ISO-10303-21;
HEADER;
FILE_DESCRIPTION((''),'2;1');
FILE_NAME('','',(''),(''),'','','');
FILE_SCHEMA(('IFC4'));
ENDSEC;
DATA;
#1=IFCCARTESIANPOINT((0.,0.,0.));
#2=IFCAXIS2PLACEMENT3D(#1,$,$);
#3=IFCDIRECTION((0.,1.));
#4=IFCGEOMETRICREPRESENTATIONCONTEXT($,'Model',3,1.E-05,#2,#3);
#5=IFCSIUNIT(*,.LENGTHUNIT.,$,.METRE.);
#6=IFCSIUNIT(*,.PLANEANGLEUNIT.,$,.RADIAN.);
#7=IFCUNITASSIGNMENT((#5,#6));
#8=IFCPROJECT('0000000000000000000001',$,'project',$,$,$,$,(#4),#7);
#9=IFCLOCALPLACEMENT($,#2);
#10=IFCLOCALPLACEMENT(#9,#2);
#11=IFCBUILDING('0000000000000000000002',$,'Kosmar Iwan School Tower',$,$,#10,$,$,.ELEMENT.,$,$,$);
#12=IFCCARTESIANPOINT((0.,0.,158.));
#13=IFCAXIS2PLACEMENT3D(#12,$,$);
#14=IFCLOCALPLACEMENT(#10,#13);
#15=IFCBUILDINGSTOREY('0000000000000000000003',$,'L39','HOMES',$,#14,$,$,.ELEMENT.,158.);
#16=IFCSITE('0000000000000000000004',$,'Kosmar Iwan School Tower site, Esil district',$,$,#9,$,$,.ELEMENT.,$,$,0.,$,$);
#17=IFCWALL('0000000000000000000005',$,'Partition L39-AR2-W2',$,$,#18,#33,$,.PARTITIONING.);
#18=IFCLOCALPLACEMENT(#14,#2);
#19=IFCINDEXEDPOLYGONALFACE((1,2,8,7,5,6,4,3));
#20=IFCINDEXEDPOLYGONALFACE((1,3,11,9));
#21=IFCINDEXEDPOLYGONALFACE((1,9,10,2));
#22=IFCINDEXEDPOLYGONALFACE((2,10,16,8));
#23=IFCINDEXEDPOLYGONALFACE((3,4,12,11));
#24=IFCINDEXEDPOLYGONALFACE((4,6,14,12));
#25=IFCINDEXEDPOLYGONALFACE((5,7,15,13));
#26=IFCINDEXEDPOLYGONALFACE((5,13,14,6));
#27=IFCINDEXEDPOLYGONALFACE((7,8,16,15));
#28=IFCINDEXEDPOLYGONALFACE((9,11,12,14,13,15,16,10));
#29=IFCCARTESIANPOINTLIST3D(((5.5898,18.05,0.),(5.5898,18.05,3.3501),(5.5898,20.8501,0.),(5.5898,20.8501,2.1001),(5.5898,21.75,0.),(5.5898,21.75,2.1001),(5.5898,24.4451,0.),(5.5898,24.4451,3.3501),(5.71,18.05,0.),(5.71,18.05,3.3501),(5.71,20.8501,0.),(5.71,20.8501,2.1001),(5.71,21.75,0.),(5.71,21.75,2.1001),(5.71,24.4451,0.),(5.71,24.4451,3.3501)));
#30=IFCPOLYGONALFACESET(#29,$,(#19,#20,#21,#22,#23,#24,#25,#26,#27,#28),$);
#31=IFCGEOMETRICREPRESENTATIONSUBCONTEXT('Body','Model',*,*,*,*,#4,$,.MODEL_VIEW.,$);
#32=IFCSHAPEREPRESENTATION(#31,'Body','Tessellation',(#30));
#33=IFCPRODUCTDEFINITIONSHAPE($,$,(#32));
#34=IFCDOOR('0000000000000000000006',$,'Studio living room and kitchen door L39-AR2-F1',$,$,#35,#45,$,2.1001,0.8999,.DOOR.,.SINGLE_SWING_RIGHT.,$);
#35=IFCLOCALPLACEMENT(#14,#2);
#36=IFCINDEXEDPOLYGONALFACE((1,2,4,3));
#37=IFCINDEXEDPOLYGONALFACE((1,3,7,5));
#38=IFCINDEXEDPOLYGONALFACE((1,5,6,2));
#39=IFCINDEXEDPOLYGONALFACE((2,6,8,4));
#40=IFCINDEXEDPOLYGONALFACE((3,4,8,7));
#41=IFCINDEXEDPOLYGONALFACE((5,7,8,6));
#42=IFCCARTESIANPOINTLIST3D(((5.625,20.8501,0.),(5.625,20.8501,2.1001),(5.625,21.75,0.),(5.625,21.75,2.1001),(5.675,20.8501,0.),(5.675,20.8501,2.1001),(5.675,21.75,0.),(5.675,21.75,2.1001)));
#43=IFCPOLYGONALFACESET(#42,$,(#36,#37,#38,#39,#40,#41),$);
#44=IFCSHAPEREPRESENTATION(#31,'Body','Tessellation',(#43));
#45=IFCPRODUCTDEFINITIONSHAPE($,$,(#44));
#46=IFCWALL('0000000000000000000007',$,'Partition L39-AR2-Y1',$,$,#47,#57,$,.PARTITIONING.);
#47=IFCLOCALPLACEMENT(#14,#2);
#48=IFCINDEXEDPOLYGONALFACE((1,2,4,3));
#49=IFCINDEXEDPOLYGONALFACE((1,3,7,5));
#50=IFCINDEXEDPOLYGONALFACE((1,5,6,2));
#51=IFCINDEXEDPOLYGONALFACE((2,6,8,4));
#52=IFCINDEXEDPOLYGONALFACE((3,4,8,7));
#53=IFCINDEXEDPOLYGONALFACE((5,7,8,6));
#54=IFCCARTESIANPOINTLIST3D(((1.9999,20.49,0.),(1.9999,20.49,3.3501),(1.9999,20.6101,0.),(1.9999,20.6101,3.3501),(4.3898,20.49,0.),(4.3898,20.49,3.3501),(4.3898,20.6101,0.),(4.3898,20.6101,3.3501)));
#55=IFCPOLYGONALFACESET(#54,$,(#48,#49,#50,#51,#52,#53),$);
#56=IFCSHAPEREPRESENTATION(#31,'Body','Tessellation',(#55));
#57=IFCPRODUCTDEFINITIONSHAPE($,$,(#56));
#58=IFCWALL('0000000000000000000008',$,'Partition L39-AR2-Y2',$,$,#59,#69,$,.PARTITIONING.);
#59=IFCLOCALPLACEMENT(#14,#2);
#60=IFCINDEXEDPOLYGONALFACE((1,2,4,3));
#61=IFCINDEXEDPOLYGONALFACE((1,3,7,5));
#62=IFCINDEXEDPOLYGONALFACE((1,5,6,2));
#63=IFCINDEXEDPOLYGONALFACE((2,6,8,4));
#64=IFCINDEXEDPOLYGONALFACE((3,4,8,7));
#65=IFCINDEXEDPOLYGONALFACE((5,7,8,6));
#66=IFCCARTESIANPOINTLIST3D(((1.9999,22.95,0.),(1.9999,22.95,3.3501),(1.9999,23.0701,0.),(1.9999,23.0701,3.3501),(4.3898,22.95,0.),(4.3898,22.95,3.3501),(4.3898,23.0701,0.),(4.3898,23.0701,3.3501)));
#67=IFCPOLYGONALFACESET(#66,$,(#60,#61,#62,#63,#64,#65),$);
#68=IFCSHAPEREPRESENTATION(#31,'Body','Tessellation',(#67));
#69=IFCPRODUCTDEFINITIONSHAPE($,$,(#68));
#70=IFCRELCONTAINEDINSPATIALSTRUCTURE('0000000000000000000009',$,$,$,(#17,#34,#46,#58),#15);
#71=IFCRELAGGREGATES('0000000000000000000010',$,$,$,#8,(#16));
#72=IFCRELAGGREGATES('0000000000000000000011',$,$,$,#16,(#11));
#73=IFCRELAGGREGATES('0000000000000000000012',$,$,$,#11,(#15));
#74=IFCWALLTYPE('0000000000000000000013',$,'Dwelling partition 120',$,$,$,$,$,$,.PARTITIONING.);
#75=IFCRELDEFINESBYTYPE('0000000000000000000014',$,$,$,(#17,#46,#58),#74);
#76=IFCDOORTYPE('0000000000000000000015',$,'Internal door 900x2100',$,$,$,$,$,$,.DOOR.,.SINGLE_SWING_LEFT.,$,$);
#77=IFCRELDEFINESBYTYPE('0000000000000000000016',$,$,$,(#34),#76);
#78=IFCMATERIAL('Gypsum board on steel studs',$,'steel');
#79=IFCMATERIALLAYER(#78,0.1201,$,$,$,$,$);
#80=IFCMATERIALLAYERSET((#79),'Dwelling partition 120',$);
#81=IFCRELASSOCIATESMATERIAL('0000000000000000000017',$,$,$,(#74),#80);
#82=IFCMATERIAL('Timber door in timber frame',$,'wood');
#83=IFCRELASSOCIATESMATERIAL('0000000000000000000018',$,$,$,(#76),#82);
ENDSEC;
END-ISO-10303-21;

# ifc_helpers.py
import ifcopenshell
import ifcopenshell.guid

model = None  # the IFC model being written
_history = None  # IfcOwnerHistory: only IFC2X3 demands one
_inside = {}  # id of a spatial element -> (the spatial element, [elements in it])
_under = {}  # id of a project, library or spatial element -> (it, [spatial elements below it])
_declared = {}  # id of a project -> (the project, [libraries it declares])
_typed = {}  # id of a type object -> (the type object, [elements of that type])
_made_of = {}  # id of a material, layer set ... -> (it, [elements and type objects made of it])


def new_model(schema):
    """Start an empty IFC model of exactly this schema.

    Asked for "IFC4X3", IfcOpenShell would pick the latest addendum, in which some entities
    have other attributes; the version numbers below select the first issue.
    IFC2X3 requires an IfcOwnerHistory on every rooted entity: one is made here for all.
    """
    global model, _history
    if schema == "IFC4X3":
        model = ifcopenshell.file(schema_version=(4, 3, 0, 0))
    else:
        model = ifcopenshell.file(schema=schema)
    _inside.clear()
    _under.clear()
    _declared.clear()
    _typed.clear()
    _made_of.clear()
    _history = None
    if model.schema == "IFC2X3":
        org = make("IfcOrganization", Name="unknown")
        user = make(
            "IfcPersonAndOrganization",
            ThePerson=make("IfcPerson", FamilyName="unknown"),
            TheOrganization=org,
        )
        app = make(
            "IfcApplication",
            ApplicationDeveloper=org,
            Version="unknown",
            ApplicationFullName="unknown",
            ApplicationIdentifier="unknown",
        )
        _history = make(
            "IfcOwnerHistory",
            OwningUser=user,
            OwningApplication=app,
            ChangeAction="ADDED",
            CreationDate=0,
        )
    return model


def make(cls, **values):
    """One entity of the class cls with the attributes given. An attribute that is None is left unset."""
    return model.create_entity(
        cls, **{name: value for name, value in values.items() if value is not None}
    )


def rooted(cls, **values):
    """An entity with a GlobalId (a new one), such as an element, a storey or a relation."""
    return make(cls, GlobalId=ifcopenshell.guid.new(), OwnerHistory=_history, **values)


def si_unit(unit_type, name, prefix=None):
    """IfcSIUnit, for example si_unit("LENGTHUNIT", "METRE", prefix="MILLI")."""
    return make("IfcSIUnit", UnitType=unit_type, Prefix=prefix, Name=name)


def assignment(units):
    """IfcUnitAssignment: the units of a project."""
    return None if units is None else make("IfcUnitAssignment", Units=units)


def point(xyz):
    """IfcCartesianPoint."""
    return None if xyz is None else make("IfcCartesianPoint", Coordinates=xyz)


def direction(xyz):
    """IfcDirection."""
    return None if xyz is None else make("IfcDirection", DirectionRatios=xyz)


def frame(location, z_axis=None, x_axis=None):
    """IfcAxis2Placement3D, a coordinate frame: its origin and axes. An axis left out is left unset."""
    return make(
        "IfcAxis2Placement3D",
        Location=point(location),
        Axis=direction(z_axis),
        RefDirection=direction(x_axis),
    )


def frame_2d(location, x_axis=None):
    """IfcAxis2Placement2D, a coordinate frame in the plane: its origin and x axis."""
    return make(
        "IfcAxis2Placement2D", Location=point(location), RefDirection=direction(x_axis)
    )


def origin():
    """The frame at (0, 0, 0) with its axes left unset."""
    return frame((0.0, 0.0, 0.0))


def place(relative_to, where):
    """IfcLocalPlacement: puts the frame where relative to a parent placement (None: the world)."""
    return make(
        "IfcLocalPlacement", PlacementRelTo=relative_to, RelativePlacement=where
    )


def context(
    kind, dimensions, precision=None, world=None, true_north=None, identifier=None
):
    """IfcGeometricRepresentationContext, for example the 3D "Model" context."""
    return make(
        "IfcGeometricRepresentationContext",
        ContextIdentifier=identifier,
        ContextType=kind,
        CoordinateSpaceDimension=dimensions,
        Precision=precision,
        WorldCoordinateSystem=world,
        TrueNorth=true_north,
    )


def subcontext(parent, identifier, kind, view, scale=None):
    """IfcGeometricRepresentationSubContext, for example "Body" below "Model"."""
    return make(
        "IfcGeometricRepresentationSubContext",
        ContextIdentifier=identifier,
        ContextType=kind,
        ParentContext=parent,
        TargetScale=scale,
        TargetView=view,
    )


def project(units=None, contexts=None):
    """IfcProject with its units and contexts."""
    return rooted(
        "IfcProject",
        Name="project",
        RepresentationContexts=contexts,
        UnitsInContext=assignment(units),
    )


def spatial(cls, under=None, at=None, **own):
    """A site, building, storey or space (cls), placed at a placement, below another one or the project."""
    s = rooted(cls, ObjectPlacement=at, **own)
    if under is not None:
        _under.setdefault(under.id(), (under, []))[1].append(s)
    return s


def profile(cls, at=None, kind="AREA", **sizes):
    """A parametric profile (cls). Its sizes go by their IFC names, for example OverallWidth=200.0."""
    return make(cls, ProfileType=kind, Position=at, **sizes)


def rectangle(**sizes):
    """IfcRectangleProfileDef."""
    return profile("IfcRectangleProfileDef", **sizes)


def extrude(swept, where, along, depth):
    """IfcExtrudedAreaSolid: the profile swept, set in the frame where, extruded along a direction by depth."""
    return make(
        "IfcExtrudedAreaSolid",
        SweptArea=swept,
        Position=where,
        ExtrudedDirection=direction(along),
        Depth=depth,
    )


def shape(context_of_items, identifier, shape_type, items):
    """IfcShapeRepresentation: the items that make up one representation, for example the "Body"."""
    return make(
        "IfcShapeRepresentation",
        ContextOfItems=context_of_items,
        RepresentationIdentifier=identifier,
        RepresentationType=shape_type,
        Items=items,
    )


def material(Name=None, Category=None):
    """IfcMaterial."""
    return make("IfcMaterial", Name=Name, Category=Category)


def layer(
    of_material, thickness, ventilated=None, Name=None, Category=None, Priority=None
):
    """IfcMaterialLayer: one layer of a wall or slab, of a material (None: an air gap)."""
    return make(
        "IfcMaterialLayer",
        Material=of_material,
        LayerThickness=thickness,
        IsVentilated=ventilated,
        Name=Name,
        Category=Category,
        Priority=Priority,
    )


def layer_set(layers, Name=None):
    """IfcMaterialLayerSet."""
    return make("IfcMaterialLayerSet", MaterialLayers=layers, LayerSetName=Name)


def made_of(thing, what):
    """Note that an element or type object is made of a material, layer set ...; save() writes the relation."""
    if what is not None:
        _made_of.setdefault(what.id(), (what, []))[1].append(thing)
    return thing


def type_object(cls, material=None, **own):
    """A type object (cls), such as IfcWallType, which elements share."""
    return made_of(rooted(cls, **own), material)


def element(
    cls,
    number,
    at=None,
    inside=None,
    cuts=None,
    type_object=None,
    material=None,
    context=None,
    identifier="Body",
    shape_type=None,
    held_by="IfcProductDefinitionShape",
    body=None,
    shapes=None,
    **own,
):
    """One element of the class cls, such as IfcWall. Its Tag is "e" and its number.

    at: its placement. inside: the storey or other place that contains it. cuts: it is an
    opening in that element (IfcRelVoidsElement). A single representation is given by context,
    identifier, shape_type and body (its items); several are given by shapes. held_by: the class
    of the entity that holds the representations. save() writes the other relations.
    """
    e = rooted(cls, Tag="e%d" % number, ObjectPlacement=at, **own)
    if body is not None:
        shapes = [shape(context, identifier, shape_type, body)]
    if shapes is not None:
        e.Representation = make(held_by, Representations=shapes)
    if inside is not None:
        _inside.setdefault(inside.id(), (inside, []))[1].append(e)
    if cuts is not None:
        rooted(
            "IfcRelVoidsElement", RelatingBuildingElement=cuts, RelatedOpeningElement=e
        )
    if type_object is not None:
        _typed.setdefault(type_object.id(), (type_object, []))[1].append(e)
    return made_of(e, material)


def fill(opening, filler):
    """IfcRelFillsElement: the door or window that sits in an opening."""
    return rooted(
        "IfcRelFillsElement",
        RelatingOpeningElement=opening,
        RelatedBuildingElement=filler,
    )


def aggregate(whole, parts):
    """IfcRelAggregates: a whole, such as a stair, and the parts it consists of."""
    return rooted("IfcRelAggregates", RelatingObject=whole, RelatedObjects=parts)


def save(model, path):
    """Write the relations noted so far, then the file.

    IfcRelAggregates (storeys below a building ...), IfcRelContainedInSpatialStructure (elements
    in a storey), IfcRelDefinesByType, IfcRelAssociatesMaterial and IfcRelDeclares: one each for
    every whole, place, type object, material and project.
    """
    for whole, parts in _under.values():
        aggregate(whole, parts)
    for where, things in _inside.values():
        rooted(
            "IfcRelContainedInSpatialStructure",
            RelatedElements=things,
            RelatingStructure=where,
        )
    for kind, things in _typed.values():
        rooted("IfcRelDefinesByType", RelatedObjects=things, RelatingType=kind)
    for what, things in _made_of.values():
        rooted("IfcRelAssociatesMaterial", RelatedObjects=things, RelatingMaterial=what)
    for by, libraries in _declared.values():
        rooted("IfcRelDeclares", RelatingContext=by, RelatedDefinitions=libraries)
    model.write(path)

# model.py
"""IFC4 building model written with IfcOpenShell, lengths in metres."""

from ifc_helpers import new_model, si_unit, direction, frame, frame_2d, origin, place, context, subcontext, project, spatial, rectangle, extrude, material, layer, layer_set, type_object, element, fill, save


model = new_model("IFC4")

# Units and contexts
model_context = context("Model", 3, precision=1e-05, world=origin(), true_north=direction((0.0, 1.0)))
body_context = subcontext(model_context, "Body", "Model", "MODEL_VIEW")
ifc_project = project(units=[si_unit("LENGTHUNIT", "METRE"), si_unit("PLANEANGLEUNIT", "RADIAN")], contexts=[model_context])

# Site, building, storey
site_placement = place(None, origin())
site = spatial("IfcSite", under=ifc_project, at=site_placement, Name="Kosmar Iwan School Tower site, Esil district", CompositionType="ELEMENT", RefElevation=0.0)
building_placement = place(site_placement, origin())
building = spatial("IfcBuilding", under=site, at=building_placement, Name="Kosmar Iwan School Tower", CompositionType="ELEMENT")
storey_placement = place(building_placement, frame((0.0, 0.0, 158.0)))
storey = spatial("IfcBuildingStorey", under=building, at=storey_placement, Name="L39", Description="HOMES", CompositionType="ELEMENT", Elevation=158.0)

# Wall, opening, door
ifc_material_1 = material(Name="Gypsum board on steel studs", Category="steel")
ifc_layer_1 = layer(ifc_material_1, 0.1201)
ifc_layer_set_1 = layer_set([ifc_layer_1], Name="Dwelling partition 120")
wall_type_1 = type_object("IfcWallType", Name="Dwelling partition 120", PredefinedType="PARTITIONING", material=ifc_layer_set_1)
wall_1_placement = place(storey_placement, frame((5.6499, 18.05, 0.0), z_axis=(0.0, 0.0, 1.0), x_axis=(0.0, 1.0, 0.0)))
wall_1 = element("IfcWall", 1, at=wall_1_placement, inside=storey, type_object=wall_type_1, Name="Partition L39-AR2-W2", PredefinedType="PARTITIONING", context=body_context, shape_type="SweptSolid", body=[
    extrude(rectangle(XDim=6.395, YDim=0.1201, at=frame_2d((3.1975, 0.0))), origin(), (0.0, 0.0, 1.0), 3.3501),
])
opening_1_placement = place(wall_1_placement, frame((2.8, 0.0, 0.0)))
opening_1 = element("IfcOpeningElement", 2, at=opening_1_placement, cuts=wall_1, PredefinedType="OPENING", context=body_context, shape_type="SweptSolid", body=[
    extrude(rectangle(XDim=0.8999, YDim=2.1001, at=frame_2d((0.45, 1.05))), frame((0.0, 0.072, 0.0), z_axis=(0.0, -1.0, 0.0), x_axis=(1.0, 0.0, 0.0)), (0.0, 0.0, 1.0), 0.144),
])
ifc_material_2 = material(Name="Timber door in timber frame", Category="wood")
door_type_1 = type_object("IfcDoorType", Name="Internal door 900x2100", OperationType="SINGLE_SWING_LEFT", PredefinedType="DOOR", material=ifc_material_2)
door_1_placement = place(opening_1_placement, origin())
door_1 = element("IfcDoor", 3, at=door_1_placement, inside=storey, type_object=door_type_1, Name="Studio living room and kitchen door L39-AR2-F1", OperationType="SINGLE_SWING_RIGHT", OverallHeight=2.1001, OverallWidth=0.8999, PredefinedType="DOOR", context=body_context, shape_type="SweptSolid", body=[
    extrude(rectangle(XDim=0.8999, YDim=2.1001, at=frame_2d((0.45, 1.05))), frame((0.0, 0.0249, 0.0), z_axis=(0.0, -1.0, 0.0), x_axis=(1.0, 0.0, 0.0)), (0.0, 0.0, 1.0), 0.05),
])
fill(opening_1, door_1)

# Walls
for number, where, z_axis, x_axis, name in (
    (4, (2.0, 20.55, 0.0), (0.0, 0.0, 1.0), (1.0, 0.0, 0.0), "Partition L39-AR2-Y1"),
    (5, (2.0, 23.01, 0.0), (0.0, 0.0, 1.0), (1.0, 0.0, 0.0), "Partition L39-AR2-Y2"),
):
    element("IfcWall", number, at=place(storey_placement, frame(where, z_axis=z_axis, x_axis=x_axis)), inside=storey, type_object=wall_type_1, Name=name, PredefinedType="PARTITIONING", context=body_context, shape_type="SweptSolid", body=[
        extrude(rectangle(XDim=2.3899, YDim=0.1201, at=frame_2d((1.1948, 0.0))), origin(), (0.0, 0.0, 1.0), 3.3501),
    ])

save(model, "model.ifc")
